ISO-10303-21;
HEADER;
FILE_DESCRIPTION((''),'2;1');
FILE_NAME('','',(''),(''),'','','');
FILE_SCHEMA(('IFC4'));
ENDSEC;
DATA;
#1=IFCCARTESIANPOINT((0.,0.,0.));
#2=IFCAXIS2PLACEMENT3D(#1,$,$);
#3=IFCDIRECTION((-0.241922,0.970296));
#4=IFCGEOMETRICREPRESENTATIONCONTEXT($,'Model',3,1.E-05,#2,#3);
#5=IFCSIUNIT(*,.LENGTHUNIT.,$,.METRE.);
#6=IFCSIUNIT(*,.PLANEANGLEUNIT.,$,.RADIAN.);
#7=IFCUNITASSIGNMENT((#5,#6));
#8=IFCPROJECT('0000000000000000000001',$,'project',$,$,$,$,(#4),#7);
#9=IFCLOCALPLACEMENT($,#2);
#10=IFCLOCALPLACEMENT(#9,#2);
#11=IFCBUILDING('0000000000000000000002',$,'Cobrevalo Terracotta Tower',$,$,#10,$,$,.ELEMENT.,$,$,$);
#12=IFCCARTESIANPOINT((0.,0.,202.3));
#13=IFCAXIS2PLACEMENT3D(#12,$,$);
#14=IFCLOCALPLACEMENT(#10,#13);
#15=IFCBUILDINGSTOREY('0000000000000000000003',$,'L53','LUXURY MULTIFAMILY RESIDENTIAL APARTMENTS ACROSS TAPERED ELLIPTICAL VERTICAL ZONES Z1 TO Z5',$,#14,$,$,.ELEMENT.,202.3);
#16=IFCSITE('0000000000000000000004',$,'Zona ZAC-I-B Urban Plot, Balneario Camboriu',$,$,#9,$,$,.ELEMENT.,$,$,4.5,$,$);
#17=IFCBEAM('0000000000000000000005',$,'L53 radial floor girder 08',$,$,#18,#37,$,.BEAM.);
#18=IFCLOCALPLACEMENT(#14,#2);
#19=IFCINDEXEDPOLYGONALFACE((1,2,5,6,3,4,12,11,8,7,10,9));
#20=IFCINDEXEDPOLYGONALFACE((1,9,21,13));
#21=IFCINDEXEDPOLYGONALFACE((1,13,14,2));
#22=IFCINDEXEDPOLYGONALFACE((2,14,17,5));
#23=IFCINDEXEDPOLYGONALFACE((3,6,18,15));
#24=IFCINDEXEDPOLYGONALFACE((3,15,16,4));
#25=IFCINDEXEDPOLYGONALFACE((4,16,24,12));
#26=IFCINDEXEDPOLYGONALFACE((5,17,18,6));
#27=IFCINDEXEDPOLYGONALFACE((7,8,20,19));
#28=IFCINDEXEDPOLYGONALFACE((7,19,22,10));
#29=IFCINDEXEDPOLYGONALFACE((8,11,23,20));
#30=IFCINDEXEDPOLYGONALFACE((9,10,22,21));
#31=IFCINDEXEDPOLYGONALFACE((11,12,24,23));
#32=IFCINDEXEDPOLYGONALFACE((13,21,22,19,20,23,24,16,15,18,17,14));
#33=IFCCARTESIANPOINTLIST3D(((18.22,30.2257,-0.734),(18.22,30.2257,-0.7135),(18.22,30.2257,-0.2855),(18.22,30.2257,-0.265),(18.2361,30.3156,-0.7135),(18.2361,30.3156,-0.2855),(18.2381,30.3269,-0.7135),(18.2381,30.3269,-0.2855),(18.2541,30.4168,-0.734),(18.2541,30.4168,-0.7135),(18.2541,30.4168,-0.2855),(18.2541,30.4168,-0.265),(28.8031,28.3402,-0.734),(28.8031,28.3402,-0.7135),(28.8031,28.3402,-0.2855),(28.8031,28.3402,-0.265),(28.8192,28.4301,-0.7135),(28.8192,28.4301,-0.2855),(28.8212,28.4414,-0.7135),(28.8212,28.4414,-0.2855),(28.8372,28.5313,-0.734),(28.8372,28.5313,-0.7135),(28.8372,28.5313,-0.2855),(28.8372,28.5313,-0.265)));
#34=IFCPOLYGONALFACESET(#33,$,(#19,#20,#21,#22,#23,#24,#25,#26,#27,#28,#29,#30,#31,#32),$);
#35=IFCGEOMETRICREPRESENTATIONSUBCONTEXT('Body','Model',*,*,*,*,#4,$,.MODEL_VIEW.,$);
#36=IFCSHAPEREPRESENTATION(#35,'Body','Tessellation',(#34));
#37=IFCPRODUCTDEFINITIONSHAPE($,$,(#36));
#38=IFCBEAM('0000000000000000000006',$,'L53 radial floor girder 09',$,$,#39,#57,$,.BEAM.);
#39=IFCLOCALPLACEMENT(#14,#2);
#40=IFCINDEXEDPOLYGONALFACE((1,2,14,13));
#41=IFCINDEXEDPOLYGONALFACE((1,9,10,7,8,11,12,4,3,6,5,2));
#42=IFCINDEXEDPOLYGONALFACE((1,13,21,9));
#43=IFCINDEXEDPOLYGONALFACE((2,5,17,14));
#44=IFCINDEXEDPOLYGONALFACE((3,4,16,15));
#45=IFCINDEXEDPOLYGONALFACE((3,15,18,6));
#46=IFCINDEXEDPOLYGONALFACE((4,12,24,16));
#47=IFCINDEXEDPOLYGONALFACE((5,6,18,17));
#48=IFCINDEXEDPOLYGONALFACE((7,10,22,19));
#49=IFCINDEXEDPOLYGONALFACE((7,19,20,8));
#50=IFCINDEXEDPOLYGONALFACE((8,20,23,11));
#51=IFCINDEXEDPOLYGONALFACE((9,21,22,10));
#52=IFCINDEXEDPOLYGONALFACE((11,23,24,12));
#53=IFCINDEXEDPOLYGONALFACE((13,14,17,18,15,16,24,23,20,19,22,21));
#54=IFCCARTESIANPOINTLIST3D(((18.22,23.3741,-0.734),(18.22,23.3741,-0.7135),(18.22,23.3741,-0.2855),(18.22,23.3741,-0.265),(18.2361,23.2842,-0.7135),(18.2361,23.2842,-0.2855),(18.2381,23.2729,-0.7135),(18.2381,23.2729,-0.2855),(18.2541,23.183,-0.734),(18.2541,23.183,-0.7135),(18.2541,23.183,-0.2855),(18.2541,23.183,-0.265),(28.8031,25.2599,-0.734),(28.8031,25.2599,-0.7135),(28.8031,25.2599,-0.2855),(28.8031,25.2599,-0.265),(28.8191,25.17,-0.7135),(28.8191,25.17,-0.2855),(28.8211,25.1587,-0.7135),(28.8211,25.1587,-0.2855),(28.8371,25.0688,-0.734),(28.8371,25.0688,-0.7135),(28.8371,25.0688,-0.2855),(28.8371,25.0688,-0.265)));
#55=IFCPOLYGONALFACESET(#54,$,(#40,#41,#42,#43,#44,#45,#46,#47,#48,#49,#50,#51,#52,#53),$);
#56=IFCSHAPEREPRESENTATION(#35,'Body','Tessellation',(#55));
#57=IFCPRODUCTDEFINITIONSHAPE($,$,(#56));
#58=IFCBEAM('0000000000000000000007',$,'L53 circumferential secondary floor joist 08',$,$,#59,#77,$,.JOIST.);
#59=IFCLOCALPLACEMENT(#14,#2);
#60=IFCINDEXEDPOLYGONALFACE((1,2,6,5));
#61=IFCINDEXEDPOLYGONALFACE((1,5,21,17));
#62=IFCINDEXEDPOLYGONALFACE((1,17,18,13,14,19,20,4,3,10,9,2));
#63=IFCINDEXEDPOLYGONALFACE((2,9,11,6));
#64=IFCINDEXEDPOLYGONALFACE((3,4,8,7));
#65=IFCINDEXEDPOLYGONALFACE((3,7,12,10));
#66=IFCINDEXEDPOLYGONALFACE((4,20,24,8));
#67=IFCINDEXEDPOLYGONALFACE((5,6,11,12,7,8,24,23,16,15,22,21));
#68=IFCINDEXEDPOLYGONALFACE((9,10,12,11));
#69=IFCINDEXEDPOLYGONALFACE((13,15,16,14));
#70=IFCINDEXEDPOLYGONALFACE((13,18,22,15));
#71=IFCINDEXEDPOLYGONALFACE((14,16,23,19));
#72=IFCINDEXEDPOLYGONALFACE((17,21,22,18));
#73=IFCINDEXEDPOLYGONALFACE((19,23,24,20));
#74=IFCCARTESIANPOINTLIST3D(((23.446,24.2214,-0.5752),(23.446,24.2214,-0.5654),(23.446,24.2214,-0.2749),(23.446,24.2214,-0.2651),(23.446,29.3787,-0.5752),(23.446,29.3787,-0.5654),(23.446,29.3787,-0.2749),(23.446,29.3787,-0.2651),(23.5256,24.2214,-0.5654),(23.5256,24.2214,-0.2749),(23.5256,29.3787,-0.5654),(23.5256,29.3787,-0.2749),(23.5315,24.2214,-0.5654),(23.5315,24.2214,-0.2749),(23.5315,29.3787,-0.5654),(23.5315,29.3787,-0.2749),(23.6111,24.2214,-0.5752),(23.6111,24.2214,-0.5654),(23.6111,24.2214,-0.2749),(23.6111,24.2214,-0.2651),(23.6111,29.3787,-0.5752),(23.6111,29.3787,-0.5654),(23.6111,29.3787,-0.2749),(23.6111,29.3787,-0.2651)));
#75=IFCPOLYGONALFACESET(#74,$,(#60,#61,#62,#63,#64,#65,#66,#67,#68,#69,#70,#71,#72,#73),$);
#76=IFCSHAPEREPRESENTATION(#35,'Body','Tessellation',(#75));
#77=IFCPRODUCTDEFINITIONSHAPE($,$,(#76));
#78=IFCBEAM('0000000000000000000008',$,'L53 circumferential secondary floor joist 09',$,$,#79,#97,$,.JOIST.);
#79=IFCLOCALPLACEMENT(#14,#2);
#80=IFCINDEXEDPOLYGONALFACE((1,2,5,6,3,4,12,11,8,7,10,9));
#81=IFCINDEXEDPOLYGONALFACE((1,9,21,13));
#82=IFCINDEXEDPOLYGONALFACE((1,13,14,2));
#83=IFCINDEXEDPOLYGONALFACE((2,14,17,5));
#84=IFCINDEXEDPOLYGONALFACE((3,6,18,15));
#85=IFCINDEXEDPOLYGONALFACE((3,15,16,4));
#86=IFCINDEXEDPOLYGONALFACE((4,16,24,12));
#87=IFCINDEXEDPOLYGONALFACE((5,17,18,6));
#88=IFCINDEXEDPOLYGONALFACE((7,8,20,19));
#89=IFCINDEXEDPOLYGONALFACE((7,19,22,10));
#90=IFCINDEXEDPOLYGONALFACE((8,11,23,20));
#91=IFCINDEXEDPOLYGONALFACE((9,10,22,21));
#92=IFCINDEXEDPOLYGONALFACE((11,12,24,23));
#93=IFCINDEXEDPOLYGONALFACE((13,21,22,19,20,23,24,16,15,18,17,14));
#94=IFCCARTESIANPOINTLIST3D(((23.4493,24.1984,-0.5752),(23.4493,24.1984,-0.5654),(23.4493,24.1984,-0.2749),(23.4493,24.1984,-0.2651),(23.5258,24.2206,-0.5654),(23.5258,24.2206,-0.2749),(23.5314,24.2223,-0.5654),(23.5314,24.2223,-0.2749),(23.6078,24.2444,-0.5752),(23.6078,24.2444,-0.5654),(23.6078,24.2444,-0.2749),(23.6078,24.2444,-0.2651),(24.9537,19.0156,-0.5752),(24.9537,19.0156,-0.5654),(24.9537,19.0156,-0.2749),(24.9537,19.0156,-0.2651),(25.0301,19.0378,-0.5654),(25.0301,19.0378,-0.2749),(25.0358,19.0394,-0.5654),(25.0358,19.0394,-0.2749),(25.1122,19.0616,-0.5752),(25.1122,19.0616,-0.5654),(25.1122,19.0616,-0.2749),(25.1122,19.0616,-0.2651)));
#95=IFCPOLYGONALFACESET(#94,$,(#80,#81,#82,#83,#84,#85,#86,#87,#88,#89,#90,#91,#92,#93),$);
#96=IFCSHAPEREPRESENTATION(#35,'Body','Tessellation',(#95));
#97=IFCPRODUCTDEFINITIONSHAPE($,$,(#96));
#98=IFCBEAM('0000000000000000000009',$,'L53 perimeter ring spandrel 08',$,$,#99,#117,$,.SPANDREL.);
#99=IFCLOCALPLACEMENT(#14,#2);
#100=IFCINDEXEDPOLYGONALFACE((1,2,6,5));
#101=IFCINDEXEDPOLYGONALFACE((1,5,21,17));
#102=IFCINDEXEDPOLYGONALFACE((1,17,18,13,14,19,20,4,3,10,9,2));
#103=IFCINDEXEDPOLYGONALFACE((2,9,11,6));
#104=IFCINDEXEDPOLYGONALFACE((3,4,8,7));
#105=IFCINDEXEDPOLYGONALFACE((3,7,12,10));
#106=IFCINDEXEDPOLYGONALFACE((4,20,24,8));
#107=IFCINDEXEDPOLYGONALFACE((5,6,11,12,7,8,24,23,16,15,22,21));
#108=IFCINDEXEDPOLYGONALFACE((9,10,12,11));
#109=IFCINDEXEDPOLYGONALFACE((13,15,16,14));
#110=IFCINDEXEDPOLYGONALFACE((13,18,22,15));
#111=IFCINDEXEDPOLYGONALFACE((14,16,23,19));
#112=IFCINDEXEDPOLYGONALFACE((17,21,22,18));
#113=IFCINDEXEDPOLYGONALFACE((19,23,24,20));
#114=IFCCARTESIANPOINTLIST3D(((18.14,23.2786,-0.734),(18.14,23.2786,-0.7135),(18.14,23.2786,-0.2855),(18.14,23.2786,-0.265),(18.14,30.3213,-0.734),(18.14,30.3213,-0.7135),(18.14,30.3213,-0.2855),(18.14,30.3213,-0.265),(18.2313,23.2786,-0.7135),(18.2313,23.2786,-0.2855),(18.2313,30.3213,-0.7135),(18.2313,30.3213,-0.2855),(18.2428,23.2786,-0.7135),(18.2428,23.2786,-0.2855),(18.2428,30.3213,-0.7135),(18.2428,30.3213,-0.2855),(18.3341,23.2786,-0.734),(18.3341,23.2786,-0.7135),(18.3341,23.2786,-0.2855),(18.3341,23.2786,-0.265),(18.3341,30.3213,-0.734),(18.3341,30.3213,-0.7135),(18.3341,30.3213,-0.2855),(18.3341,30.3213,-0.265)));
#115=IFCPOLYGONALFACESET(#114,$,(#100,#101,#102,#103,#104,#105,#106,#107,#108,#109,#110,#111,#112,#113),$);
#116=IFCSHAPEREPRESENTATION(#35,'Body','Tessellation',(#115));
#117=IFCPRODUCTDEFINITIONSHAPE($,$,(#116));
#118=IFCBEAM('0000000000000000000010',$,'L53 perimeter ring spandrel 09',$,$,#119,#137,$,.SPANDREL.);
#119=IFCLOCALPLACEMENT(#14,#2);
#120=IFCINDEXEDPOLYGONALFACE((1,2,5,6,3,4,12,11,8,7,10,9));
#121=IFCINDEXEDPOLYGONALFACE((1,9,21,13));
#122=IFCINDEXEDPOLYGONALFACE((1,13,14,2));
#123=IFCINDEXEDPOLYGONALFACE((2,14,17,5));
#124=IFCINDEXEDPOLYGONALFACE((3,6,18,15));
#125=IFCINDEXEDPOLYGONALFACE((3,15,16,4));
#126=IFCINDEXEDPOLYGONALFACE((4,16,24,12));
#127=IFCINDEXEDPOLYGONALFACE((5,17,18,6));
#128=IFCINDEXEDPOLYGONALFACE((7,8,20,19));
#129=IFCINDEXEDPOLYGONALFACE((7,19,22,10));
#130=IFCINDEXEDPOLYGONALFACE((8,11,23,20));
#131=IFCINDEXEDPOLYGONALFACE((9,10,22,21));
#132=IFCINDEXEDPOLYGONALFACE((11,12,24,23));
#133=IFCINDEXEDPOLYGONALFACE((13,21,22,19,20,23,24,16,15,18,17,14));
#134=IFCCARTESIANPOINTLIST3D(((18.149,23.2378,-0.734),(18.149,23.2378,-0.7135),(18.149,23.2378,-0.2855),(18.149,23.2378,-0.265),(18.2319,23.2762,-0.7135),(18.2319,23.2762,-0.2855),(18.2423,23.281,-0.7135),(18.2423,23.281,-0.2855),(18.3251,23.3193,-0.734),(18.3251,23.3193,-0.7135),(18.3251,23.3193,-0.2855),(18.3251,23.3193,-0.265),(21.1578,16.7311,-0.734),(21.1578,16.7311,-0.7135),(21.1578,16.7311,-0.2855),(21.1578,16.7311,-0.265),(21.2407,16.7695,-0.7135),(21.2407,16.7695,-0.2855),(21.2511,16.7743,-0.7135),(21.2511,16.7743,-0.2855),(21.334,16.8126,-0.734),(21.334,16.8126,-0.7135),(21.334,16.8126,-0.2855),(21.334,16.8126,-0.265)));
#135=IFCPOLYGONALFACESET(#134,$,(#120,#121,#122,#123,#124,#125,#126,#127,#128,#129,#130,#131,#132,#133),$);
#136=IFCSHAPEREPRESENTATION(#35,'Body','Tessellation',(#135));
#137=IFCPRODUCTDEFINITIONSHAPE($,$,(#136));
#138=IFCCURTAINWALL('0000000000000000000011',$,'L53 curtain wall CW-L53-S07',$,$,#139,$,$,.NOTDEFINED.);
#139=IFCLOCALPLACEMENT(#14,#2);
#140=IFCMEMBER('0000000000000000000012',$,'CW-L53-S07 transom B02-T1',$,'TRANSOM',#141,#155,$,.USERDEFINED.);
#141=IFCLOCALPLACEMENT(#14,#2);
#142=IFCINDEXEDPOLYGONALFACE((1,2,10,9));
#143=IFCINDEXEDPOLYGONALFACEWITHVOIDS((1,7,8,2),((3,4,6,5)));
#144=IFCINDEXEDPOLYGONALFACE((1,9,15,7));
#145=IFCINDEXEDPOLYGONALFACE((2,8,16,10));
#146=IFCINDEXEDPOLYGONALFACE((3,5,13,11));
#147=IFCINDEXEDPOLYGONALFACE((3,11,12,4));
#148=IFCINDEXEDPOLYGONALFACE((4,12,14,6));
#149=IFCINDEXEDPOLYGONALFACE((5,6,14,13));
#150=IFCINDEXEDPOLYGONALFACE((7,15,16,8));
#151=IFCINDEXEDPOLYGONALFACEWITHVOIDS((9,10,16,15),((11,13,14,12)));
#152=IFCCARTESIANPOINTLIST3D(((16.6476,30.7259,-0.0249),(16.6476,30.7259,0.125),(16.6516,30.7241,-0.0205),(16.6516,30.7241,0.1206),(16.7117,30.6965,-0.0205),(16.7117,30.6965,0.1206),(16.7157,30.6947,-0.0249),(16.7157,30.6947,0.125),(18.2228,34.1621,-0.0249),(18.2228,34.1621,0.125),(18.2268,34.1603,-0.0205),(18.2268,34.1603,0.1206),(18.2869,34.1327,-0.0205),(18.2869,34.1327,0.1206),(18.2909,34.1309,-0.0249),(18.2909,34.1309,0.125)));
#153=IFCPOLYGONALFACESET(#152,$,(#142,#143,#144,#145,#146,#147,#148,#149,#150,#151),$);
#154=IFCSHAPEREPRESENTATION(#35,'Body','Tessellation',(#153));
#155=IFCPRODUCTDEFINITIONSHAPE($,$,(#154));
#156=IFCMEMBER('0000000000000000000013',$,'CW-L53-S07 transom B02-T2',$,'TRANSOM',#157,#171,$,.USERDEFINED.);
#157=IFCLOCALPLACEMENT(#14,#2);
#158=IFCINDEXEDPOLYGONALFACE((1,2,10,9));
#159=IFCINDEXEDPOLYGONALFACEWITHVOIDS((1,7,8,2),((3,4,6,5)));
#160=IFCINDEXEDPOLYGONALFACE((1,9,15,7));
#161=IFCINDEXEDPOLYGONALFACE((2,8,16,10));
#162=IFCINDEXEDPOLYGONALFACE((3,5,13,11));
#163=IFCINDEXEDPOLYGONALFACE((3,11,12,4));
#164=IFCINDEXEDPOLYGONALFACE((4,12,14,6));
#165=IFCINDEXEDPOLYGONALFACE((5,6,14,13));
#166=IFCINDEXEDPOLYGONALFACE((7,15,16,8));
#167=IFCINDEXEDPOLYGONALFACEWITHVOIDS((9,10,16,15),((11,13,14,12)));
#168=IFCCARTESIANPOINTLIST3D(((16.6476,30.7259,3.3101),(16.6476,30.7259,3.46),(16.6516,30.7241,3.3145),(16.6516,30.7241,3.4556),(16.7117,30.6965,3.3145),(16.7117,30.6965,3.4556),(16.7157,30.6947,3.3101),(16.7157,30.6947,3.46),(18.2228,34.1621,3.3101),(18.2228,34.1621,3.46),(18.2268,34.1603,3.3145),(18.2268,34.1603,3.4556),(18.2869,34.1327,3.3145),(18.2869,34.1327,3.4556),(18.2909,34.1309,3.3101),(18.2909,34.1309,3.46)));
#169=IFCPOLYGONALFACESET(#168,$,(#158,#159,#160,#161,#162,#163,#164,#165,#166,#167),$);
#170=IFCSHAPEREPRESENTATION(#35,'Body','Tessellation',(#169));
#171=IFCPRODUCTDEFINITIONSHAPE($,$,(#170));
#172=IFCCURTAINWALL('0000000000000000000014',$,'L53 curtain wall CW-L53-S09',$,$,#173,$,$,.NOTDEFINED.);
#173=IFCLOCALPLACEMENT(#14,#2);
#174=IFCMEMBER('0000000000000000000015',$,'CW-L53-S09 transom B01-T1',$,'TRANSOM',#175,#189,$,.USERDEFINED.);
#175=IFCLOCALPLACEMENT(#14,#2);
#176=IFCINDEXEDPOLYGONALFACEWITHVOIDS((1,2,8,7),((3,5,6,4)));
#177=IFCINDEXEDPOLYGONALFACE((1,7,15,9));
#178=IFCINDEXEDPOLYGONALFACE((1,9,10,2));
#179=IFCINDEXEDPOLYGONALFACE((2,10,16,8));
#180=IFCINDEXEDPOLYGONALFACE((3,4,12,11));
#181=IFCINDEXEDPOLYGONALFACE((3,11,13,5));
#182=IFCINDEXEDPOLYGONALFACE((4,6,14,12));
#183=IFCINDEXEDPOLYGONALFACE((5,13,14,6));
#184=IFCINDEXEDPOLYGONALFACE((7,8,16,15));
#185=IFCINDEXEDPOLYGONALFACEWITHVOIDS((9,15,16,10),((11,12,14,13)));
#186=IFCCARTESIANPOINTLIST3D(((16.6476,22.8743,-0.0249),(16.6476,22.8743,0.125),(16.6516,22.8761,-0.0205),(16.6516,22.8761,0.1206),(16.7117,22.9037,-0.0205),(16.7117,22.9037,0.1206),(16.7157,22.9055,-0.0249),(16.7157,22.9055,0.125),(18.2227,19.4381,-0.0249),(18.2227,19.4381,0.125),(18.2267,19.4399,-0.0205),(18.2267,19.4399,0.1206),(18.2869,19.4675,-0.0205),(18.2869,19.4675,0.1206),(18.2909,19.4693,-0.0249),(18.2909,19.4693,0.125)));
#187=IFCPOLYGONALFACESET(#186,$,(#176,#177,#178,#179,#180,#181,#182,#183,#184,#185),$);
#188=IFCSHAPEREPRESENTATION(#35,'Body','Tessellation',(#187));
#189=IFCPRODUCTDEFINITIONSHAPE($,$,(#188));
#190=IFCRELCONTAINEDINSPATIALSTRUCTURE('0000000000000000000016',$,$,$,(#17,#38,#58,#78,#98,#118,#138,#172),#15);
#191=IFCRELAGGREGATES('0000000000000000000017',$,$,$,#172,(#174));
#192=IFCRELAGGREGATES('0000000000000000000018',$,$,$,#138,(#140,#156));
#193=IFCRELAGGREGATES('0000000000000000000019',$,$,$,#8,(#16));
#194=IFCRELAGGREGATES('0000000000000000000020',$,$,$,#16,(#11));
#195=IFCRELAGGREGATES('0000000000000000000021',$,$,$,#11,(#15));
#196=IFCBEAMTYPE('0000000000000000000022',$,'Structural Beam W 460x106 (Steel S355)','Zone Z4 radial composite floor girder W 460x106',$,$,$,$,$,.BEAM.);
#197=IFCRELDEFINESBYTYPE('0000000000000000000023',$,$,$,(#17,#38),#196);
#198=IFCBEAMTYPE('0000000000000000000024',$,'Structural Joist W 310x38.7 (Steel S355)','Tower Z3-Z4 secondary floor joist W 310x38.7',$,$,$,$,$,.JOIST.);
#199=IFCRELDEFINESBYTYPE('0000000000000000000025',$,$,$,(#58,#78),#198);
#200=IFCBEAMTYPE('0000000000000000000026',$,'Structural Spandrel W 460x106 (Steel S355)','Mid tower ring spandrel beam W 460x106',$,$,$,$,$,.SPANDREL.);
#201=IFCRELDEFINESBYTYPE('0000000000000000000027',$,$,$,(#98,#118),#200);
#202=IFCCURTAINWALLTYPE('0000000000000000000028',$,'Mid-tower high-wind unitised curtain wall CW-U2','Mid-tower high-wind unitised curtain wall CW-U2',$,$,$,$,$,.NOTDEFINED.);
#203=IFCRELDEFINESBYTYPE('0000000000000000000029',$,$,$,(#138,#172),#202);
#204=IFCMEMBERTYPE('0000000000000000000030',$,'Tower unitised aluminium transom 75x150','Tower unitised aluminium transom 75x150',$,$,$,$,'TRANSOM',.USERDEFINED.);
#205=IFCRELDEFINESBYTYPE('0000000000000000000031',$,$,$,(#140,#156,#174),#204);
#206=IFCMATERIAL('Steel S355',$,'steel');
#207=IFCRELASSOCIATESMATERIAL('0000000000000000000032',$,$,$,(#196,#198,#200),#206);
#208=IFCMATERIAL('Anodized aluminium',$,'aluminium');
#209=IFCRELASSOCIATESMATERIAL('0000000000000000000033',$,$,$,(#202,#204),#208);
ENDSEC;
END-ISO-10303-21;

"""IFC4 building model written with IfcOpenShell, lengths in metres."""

from ifc_helpers import new_model, si_unit, direction, frame, origin, origin_2d, place, context, subcontext, project, spatial, hollow_rectangle, i_section, extrude, source, transform, mapped, material, material_profile, profile_set, type_object, element, aggregate, save


model = new_model("IFC4")

# Units and contexts
model_context = context("Model", 3, precision=1e-05, world=origin(), true_north=direction((-0.241922, 0.970296)))
body_context = subcontext(model_context, "Body", "Model", "MODEL_VIEW")
ifc_project = project(units=[si_unit("LENGTHUNIT", "METRE"), si_unit("PLANEANGLEUNIT", "RADIAN")], contexts=[model_context])

# Site, building, storey
site_placement = place(None, origin())
site = spatial("IfcSite", under=ifc_project, at=site_placement, Name="Zona ZAC-I-B Urban Plot, Balneario Camboriu", CompositionType="ELEMENT", RefElevation=4.5)
building_placement = place(site_placement, origin())
building = spatial("IfcBuilding", under=site, at=building_placement, Name="Cobrevalo Terracotta Tower", CompositionType="ELEMENT")
storey_placement = place(building_placement, frame((0.0, 0.0, 202.3)))
storey = spatial("IfcBuildingStorey", under=building, at=storey_placement, Name="L53", Description="LUXURY MULTIFAMILY RESIDENTIAL APARTMENTS ACROSS TAPERED ELLIPTICAL VERTICAL ZONES Z1 TO Z5", CompositionType="ELEMENT", Elevation=202.3)

# Shared definitions
ifc_material_1 = material(Name="Steel S355", Category="steel")

# Beams
ifc_material_profile_1 = material_profile(ifc_material_1, i_section(OverallWidth=0.1941, OverallDepth=0.469, WebThickness=0.0115, FlangeThickness=0.0205, at=origin_2d()), Name="W 460x106")
ifc_profile_set_1 = profile_set([ifc_material_profile_1], Name="Steel S355")
beam_type_1 = type_object("IfcBeamType", Name="Structural Beam W 460x106 (Steel S355)", Description="Zone Z4 radial composite floor girder W 460x106", PredefinedType="BEAM", material=ifc_profile_set_1)
for number, where, z_axis, x_axis, name in (
    (1, (18.2371, 30.3213, -0.4995), (0.984497, -0.175401, 0.0), (0.175401, 0.984497, 0.0), "L53 radial floor girder 08"),
    (2, (18.2371, 23.2786, -0.4995), (0.984493, 0.175423, 0.0), (-0.175423, 0.984493, 0.0), "L53 radial floor girder 09"),
):
    element("IfcBeam", number, at=place(storey_placement, frame(where, z_axis=z_axis, x_axis=x_axis)), inside=storey, type_object=beam_type_1, Name=name, PredefinedType="BEAM", context=body_context, shape_type="SweptSolid", body=[
        extrude(i_section(OverallWidth=0.1941, OverallDepth=0.469, WebThickness=0.0115, FlangeThickness=0.0205, at=origin_2d()), origin(), (0.0, 0.0, 1.0), 10.7498),
    ])
ifc_material_profile_2 = material_profile(ifc_material_1, i_section(OverallWidth=0.165, OverallDepth=0.3101, WebThickness=0.0059, FlangeThickness=0.0098, at=origin_2d()), Name="W 310x38.7")
ifc_profile_set_2 = profile_set([ifc_material_profile_2], Name="Steel S355")
beam_type_2 = type_object("IfcBeamType", Name="Structural Joist W 310x38.7 (Steel S355)", Description="Tower Z3-Z4 secondary floor joist W 310x38.7", PredefinedType="JOIST", material=ifc_profile_set_2)
beam_1_placement = place(storey_placement, frame((23.5286, 29.3787, -0.4202), z_axis=(0.0, -1.0, 0.0), x_axis=(1.0, 0.0, 0.0)))
element("IfcBeam", 3, at=beam_1_placement, inside=storey, type_object=beam_type_2, Name="L53 circumferential secondary floor joist 08", PredefinedType="JOIST", context=body_context, shape_type="SweptSolid", body=[
    extrude(i_section(OverallWidth=0.165, OverallDepth=0.3101, WebThickness=0.0059, FlangeThickness=0.0098, at=origin_2d()), origin(), (0.0, 0.0, 1.0), 5.1572),
])
beam_2_placement = place(storey_placement, frame((23.5286, 24.2214, -0.4202), z_axis=(0.278758, -0.960361, 0.0), x_axis=(0.960361, 0.278758, 0.0)))
element("IfcBeam", 4, at=beam_2_placement, inside=storey, type_object=beam_type_2, Name="L53 circumferential secondary floor joist 09", PredefinedType="JOIST", context=body_context, shape_type="SweptSolid", body=[
    extrude(i_section(OverallWidth=0.165, OverallDepth=0.3101, WebThickness=0.0059, FlangeThickness=0.0098, at=origin_2d()), origin(), (0.0, 0.0, 1.0), 5.3967),
])
ifc_material_profile_3 = material_profile(ifc_material_1, i_section(OverallWidth=0.1941, OverallDepth=0.469, WebThickness=0.0115, FlangeThickness=0.0205, at=origin_2d()), Name="W 460x106")
ifc_profile_set_3 = profile_set([ifc_material_profile_3], Name="Steel S355")
beam_type_3 = type_object("IfcBeamType", Name="Structural Spandrel W 460x106 (Steel S355)", Description="Mid tower ring spandrel beam W 460x106", PredefinedType="SPANDREL", material=ifc_profile_set_3)
beam_3_placement = place(storey_placement, frame((18.2371, 30.3213, -0.4995), z_axis=(0.0, -1.0, 0.0), x_axis=(1.0, 0.0, 0.0)))
element("IfcBeam", 5, at=beam_3_placement, inside=storey, type_object=beam_type_3, Name="L53 perimeter ring spandrel 08", PredefinedType="SPANDREL", context=body_context, shape_type="SweptSolid", body=[
    extrude(i_section(OverallWidth=0.1941, OverallDepth=0.469, WebThickness=0.0115, FlangeThickness=0.0205, at=origin_2d()), origin(), (0.0, 0.0, 1.0), 7.0427),
])
beam_4_placement = place(storey_placement, frame((18.2371, 23.2786, -0.4995), z_axis=(0.419719, -0.907654, 0.0), x_axis=(0.907654, 0.419719, 0.0)))
element("IfcBeam", 6, at=beam_4_placement, inside=storey, type_object=beam_type_3, Name="L53 perimeter ring spandrel 09", PredefinedType="SPANDREL", context=body_context, shape_type="SweptSolid", body=[
    extrude(i_section(OverallWidth=0.1941, OverallDepth=0.469, WebThickness=0.0115, FlangeThickness=0.0205, at=origin_2d()), origin(), (0.0, 0.0, 1.0), 7.1687),
])

# Curtain walls, members
ifc_material_2 = material(Name="Anodized aluminium", Category="aluminium")
curtain_wall_type = type_object("IfcCurtainWallType", Name="Mid-tower high-wind unitised curtain wall CW-U2", Description="Mid-tower high-wind unitised curtain wall CW-U2", PredefinedType="NOTDEFINED", material=ifc_material_2)
curtain_wall_1_placement = place(storey_placement, origin())
curtain_wall_1 = element("IfcCurtainWall", 7, at=curtain_wall_1_placement, inside=storey, type_object=curtain_wall_type, Name="L53 curtain wall CW-L53-S07", PredefinedType="NOTDEFINED")
ifc_material_profile_4 = material_profile(ifc_material_2, hollow_rectangle(XDim=0.075, YDim=0.1499, WallThickness=0.0044, at=origin_2d()), Name="CWT 75x150")
ifc_profile_set_4 = profile_set([ifc_material_profile_4], Name="Anodized aluminium")
member_type_1 = type_object("IfcMemberType", Name="Tower unitised aluminium transom 75x150", Description="Tower unitised aluminium transom 75x150", ElementType="TRANSOM", PredefinedType="USERDEFINED", material=ifc_profile_set_4)
shared_shape_1 = source(origin(), body_context, "Body", "SweptSolid", [
    extrude(hollow_rectangle(XDim=0.075, YDim=0.1499, WallThickness=0.0044, at=origin_2d()), origin(), (0.0, 0.0, 1.0), 3.78),
])
member_1_placement = place(storey_placement, frame((18.2568, 34.1465, 0.05), z_axis=(-0.416706, -0.909041, 0.0), x_axis=(0.909041, -0.416706, 0.0)))
member_1 = element("IfcMember", 8, at=member_1_placement, type_object=member_type_1, Name="CW-L53-S07 transom B02-T1", ObjectType="TRANSOM", PredefinedType="USERDEFINED", context=body_context, shape_type="MappedRepresentation", body=[
    mapped(shared_shape_1, transform((0.0, 0.0, 0.0), scale=1.0)),
])
member_2_placement = place(storey_placement, frame((18.2568, 34.1465, 3.385), z_axis=(-0.416706, -0.909041, 0.0), x_axis=(0.909041, -0.416706, 0.0)))
member_2 = element("IfcMember", 9, at=member_2_placement, type_object=member_type_1, Name="CW-L53-S07 transom B02-T2", ObjectType="TRANSOM", PredefinedType="USERDEFINED", context=body_context, shape_type="MappedRepresentation", body=[
    mapped(shared_shape_1, transform((0.0, 0.0, 0.0), scale=1.0)),
])
curtain_wall_2_placement = place(storey_placement, origin())
curtain_wall_2 = element("IfcCurtainWall", 10, at=curtain_wall_2_placement, inside=storey, type_object=curtain_wall_type, Name="L53 curtain wall CW-L53-S09", PredefinedType="NOTDEFINED")
member_3_placement = place(storey_placement, frame((16.6816, 22.8899, 0.05), z_axis=(0.416706, -0.909041, 0.0), x_axis=(0.909041, 0.416706, 0.0)))
member_3 = element("IfcMember", 11, at=member_3_placement, type_object=member_type_1, Name="CW-L53-S09 transom B01-T1", ObjectType="TRANSOM", PredefinedType="USERDEFINED", context=body_context, shape_type="MappedRepresentation", body=[
    mapped(shared_shape_1, transform((0.0, 0.0, 0.0), scale=1.0)),
])

aggregate(curtain_wall_2, [member_3])

aggregate(curtain_wall_1, [member_1, member_2])

save(model, "model.ifc")
